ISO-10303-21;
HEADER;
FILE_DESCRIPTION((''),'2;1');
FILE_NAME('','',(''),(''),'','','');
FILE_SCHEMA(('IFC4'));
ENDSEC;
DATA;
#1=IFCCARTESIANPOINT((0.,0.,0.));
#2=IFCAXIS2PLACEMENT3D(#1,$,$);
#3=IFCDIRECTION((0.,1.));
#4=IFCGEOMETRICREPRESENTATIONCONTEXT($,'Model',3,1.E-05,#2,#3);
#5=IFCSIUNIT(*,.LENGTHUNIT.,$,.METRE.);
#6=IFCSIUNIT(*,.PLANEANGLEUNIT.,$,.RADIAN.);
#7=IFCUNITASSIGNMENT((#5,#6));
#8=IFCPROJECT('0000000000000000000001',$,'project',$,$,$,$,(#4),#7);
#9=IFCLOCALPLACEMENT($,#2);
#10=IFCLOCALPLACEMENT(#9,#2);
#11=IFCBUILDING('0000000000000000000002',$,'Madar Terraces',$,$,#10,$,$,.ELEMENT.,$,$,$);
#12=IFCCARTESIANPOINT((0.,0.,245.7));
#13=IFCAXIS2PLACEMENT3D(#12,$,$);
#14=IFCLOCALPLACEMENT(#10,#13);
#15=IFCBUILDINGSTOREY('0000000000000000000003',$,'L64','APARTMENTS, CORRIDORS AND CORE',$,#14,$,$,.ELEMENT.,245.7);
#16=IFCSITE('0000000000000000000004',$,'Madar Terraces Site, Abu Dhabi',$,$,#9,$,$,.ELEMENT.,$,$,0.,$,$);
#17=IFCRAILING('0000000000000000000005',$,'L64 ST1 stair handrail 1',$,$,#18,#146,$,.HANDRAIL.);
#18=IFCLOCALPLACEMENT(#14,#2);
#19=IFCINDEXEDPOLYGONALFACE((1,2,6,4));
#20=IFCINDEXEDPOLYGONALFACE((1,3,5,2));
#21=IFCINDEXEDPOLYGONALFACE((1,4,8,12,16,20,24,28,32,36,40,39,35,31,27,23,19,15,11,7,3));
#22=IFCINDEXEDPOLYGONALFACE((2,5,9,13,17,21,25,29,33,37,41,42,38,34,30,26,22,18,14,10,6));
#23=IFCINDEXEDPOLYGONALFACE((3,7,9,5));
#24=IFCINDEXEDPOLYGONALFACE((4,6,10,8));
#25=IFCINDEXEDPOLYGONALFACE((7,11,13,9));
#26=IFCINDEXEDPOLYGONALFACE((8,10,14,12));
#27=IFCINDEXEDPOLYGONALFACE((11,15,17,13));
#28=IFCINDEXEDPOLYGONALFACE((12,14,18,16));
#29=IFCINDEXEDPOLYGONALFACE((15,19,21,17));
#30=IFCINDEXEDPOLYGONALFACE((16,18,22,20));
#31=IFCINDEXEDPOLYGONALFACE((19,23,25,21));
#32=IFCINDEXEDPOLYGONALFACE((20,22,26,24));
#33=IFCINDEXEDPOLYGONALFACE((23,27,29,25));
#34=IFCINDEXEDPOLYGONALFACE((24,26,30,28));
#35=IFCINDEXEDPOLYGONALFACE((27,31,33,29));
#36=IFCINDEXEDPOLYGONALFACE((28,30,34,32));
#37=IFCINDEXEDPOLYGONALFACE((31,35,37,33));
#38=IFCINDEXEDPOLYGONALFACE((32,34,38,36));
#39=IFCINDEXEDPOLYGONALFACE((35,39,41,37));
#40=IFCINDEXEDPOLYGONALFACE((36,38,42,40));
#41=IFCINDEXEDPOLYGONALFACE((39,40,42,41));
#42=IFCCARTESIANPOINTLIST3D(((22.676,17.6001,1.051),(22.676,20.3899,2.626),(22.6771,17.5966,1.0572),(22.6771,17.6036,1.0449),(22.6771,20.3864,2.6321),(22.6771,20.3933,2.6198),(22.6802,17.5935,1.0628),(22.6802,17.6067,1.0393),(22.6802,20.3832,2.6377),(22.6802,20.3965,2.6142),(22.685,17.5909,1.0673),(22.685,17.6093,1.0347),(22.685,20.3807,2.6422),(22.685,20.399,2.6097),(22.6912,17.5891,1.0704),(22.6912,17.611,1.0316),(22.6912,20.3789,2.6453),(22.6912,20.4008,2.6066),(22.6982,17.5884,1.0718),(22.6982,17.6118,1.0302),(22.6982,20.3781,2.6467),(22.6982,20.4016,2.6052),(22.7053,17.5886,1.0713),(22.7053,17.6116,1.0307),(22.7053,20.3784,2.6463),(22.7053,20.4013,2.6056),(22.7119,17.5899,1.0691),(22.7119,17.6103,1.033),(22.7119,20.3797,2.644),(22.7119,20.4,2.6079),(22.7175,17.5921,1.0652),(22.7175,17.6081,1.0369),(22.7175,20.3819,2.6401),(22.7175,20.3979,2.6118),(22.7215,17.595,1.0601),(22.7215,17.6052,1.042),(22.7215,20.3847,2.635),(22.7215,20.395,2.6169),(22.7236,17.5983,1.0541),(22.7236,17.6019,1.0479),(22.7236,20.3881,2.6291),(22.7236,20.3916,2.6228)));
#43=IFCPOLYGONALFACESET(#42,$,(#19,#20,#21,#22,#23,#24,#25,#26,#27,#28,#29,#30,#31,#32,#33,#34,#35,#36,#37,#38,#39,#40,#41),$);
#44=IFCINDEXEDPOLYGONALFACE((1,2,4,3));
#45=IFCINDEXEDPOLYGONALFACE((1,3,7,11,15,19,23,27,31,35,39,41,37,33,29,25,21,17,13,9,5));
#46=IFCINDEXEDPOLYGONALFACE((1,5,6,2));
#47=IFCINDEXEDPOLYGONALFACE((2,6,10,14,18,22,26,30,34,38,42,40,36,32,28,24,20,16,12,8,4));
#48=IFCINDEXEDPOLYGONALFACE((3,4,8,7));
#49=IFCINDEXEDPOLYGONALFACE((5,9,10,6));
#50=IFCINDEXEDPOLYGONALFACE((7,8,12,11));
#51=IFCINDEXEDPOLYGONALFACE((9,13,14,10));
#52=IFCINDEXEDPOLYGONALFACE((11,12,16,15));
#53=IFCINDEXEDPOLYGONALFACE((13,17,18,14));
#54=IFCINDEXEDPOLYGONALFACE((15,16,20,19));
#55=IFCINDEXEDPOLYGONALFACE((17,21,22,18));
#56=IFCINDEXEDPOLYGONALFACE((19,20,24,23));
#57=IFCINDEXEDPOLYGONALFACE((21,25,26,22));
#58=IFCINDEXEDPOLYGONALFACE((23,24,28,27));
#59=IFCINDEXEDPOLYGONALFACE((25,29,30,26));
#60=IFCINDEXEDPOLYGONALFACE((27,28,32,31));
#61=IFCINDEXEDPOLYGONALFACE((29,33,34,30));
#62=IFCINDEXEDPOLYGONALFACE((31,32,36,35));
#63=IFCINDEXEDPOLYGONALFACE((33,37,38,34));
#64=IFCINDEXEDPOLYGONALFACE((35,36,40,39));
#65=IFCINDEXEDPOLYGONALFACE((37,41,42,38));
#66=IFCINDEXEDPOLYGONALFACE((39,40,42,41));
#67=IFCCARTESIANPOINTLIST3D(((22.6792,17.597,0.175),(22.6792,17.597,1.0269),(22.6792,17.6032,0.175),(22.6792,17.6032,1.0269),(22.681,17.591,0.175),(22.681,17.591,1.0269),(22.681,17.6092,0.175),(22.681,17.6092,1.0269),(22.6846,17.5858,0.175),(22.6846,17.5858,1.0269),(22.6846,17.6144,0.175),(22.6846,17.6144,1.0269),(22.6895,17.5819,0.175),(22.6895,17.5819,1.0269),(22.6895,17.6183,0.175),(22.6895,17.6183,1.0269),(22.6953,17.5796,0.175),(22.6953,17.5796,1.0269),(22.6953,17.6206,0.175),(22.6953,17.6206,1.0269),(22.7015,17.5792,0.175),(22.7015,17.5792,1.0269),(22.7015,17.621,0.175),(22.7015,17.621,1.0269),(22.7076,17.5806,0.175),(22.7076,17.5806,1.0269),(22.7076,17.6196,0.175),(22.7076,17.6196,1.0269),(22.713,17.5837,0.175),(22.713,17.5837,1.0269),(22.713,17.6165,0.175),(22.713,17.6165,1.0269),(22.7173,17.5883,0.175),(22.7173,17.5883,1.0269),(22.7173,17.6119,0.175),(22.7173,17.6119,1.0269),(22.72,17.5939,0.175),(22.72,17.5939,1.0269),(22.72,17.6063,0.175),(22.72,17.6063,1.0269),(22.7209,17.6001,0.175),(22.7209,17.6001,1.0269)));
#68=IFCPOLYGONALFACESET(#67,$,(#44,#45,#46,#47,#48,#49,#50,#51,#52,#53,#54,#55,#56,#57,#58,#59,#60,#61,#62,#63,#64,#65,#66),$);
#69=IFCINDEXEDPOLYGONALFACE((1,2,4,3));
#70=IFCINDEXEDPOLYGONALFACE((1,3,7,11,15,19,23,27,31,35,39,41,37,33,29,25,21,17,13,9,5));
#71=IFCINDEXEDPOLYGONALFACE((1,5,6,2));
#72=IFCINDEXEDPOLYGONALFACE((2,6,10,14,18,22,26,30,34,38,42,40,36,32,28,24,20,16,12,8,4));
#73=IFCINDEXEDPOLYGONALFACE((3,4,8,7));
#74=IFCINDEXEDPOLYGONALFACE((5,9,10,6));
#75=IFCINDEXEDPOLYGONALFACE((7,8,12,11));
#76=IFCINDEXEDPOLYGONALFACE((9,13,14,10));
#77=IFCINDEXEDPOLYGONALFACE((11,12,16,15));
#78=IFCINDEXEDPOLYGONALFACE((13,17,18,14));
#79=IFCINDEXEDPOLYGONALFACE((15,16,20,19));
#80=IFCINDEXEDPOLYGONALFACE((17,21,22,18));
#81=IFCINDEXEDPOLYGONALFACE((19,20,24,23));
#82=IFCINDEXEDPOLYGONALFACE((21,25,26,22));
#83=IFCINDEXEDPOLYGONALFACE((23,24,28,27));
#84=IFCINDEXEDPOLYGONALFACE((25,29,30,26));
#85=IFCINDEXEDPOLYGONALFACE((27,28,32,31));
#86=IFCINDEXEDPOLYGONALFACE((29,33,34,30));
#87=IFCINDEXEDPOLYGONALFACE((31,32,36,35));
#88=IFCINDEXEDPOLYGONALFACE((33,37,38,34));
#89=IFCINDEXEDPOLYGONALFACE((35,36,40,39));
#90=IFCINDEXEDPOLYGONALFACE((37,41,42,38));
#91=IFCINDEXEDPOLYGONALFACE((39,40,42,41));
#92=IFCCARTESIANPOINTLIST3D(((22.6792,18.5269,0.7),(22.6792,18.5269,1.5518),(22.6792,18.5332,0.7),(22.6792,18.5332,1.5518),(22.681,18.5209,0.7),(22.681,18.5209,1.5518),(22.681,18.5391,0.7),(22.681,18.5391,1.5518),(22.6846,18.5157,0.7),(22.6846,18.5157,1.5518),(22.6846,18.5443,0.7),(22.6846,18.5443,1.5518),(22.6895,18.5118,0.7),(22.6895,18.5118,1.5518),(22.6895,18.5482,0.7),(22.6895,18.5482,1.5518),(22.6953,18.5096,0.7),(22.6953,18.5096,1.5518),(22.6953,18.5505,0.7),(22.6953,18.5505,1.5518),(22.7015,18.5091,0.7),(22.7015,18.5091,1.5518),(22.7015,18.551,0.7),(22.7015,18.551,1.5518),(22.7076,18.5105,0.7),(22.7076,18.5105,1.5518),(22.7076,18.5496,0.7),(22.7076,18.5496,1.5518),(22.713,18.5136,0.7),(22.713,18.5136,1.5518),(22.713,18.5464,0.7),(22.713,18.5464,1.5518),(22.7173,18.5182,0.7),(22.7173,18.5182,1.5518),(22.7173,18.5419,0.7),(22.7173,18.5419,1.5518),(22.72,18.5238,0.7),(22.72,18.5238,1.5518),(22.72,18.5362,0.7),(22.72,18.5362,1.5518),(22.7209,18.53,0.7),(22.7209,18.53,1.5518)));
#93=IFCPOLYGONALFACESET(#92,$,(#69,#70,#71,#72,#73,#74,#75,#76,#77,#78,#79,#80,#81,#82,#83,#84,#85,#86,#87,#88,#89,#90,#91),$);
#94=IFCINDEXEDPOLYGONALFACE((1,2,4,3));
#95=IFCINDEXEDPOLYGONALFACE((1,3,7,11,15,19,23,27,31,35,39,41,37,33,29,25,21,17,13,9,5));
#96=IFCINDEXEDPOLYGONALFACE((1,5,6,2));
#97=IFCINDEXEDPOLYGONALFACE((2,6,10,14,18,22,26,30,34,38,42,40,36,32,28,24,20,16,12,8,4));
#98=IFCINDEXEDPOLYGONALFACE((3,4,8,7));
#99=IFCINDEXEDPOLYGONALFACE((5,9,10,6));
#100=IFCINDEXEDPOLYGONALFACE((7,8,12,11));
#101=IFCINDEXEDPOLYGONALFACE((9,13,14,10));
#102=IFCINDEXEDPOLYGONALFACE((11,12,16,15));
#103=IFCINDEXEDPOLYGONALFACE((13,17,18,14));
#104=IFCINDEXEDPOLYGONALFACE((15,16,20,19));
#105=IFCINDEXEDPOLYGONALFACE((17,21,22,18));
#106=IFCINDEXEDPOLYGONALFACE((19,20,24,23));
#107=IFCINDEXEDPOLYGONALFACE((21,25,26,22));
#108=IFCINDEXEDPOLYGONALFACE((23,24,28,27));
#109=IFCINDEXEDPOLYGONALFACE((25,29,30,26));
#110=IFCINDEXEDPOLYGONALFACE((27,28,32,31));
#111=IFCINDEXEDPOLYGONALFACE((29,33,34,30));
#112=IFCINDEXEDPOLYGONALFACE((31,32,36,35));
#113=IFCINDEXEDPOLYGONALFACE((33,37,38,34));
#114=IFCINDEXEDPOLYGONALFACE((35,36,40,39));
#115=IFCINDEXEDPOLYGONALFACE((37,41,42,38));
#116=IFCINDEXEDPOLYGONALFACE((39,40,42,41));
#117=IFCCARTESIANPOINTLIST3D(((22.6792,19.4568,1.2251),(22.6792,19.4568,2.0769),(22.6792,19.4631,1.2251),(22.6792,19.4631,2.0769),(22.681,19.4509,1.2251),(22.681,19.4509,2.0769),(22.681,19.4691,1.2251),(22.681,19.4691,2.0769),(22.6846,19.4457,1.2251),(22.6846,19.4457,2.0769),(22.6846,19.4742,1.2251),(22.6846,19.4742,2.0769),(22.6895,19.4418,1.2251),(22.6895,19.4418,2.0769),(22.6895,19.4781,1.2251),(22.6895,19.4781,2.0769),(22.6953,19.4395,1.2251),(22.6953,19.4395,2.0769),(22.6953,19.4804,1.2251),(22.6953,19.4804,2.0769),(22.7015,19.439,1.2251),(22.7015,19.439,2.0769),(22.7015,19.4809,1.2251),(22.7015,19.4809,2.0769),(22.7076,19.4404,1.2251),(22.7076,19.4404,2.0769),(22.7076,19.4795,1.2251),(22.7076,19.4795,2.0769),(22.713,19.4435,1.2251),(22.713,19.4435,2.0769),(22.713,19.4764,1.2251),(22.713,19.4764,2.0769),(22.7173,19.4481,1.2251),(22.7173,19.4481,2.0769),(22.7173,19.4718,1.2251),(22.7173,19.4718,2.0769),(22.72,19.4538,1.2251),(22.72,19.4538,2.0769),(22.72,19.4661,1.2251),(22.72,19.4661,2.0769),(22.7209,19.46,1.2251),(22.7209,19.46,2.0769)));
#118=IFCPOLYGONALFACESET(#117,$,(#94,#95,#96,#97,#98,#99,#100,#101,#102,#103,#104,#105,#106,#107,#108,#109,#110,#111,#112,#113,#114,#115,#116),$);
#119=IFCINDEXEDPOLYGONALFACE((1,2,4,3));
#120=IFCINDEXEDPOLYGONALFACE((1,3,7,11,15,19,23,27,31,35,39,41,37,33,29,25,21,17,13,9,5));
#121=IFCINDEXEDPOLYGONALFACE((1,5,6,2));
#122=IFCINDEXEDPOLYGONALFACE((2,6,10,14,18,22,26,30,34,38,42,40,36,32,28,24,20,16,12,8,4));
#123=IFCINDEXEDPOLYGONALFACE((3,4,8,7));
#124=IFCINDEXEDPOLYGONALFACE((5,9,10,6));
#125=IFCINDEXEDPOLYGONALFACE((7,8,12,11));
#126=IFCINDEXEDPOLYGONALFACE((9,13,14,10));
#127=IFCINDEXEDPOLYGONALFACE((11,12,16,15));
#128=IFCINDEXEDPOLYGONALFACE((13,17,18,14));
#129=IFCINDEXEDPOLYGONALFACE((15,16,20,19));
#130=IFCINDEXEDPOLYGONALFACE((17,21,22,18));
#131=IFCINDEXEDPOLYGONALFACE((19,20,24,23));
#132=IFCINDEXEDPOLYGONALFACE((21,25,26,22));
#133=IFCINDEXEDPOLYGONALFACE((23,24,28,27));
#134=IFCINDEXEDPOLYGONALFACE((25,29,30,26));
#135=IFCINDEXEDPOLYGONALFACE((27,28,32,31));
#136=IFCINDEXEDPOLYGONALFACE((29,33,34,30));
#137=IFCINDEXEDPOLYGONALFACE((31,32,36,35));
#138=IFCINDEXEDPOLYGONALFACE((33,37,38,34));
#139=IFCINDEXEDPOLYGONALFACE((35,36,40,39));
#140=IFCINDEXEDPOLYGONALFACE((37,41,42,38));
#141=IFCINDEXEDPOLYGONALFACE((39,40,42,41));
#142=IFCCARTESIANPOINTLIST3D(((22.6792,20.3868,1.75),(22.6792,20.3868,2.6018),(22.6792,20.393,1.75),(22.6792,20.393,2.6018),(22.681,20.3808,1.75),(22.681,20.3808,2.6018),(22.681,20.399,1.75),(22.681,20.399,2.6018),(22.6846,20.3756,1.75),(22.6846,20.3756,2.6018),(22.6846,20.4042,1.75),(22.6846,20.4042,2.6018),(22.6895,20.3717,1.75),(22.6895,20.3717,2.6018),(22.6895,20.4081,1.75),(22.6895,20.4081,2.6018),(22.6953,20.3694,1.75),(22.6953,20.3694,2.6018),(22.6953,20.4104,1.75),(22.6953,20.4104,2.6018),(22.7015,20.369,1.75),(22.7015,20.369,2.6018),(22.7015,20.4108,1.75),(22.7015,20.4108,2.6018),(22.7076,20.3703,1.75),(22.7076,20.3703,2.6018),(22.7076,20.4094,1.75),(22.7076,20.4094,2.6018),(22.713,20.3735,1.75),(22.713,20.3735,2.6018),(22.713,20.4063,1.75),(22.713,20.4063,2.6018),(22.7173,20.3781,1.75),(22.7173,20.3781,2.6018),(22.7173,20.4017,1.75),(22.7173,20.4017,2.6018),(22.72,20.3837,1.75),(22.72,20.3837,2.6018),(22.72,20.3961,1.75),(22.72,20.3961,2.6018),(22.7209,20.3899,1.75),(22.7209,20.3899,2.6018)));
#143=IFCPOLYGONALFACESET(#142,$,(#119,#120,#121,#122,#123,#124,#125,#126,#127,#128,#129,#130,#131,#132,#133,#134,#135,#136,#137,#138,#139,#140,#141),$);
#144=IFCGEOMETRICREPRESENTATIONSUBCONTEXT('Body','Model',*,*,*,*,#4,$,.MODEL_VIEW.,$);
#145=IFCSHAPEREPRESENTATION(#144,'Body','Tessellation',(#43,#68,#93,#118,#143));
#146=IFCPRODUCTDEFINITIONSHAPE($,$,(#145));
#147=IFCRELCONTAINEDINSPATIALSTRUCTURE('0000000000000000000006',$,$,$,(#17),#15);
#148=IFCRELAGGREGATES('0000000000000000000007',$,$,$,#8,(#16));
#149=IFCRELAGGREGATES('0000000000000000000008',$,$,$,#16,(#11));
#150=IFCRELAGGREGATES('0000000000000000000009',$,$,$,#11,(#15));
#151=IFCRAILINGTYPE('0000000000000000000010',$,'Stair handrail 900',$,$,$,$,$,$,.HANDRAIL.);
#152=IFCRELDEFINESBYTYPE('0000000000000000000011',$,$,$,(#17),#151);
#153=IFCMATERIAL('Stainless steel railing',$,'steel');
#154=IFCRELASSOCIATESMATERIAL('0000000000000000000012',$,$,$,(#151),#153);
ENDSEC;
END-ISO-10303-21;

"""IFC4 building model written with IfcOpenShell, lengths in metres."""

from ifc_helpers import new_model, si_unit, direction, frame, origin, origin_2d, place, context, subcontext, project, spatial, circle, extrude, material, type_object, element, save


model = new_model("IFC4")

# Units and contexts
model_context = context("Model", 3, precision=1e-05, world=origin(), true_north=direction((0.0, 1.0)))
body_context = subcontext(model_context, "Body", "Model", "MODEL_VIEW")
ifc_project = project(units=[si_unit("LENGTHUNIT", "METRE"), si_unit("PLANEANGLEUNIT", "RADIAN")], contexts=[model_context])

# Site, building, storey
site_placement = place(None, origin())
site = spatial("IfcSite", under=ifc_project, at=site_placement, Name="Madar Terraces Site, Abu Dhabi", CompositionType="ELEMENT", RefElevation=0.0)
building_placement = place(site_placement, origin())
building = spatial("IfcBuilding", under=site, at=building_placement, Name="Madar Terraces", CompositionType="ELEMENT")
storey_placement = place(building_placement, frame((0.0, 0.0, 245.7)))
storey = spatial("IfcBuildingStorey", under=building, at=storey_placement, Name="L64", Description="APARTMENTS, CORRIDORS AND CORE", CompositionType="ELEMENT", Elevation=245.7)

# Railing
ifc_material_1 = material(Name="Stainless steel railing", Category="steel")
railing_type_1 = type_object("IfcRailingType", Name="Stair handrail 900", PredefinedType="HANDRAIL", material=ifc_material_1)
railing_placement = place(storey_placement, frame((22.7, 17.6001, 0.175)))
element("IfcRailing", 1, at=railing_placement, inside=storey, type_object=railing_type_1, Name="L64 ST1 stair handrail 1", PredefinedType="HANDRAIL", context=body_context, shape_type="SweptSolid", body=[
    extrude(circle(Radius=0.0239, at=origin_2d()), frame((0.0, 0.0, 0.876), z_axis=(0.0, 0.870815, 0.49161), x_axis=(-1.0, 0.0, 0.0)), (0.0, 0.0, 1.0), 3.2036),
    extrude(circle(Radius=0.021, at=origin_2d()), origin(), (0.0, 0.0, 1.0), 0.8518),
    extrude(circle(Radius=0.021, at=origin_2d()), frame((0.0, 0.9299, 0.5249)), (0.0, 0.0, 1.0), 0.8518),
    extrude(circle(Radius=0.021, at=origin_2d()), frame((0.0, 1.8599, 1.05)), (0.0, 0.0, 1.0), 0.8518),
    extrude(circle(Radius=0.021, at=origin_2d()), frame((0.0, 2.7898, 1.575)), (0.0, 0.0, 1.0), 0.8518),
])

save(model, "model.ifc")
